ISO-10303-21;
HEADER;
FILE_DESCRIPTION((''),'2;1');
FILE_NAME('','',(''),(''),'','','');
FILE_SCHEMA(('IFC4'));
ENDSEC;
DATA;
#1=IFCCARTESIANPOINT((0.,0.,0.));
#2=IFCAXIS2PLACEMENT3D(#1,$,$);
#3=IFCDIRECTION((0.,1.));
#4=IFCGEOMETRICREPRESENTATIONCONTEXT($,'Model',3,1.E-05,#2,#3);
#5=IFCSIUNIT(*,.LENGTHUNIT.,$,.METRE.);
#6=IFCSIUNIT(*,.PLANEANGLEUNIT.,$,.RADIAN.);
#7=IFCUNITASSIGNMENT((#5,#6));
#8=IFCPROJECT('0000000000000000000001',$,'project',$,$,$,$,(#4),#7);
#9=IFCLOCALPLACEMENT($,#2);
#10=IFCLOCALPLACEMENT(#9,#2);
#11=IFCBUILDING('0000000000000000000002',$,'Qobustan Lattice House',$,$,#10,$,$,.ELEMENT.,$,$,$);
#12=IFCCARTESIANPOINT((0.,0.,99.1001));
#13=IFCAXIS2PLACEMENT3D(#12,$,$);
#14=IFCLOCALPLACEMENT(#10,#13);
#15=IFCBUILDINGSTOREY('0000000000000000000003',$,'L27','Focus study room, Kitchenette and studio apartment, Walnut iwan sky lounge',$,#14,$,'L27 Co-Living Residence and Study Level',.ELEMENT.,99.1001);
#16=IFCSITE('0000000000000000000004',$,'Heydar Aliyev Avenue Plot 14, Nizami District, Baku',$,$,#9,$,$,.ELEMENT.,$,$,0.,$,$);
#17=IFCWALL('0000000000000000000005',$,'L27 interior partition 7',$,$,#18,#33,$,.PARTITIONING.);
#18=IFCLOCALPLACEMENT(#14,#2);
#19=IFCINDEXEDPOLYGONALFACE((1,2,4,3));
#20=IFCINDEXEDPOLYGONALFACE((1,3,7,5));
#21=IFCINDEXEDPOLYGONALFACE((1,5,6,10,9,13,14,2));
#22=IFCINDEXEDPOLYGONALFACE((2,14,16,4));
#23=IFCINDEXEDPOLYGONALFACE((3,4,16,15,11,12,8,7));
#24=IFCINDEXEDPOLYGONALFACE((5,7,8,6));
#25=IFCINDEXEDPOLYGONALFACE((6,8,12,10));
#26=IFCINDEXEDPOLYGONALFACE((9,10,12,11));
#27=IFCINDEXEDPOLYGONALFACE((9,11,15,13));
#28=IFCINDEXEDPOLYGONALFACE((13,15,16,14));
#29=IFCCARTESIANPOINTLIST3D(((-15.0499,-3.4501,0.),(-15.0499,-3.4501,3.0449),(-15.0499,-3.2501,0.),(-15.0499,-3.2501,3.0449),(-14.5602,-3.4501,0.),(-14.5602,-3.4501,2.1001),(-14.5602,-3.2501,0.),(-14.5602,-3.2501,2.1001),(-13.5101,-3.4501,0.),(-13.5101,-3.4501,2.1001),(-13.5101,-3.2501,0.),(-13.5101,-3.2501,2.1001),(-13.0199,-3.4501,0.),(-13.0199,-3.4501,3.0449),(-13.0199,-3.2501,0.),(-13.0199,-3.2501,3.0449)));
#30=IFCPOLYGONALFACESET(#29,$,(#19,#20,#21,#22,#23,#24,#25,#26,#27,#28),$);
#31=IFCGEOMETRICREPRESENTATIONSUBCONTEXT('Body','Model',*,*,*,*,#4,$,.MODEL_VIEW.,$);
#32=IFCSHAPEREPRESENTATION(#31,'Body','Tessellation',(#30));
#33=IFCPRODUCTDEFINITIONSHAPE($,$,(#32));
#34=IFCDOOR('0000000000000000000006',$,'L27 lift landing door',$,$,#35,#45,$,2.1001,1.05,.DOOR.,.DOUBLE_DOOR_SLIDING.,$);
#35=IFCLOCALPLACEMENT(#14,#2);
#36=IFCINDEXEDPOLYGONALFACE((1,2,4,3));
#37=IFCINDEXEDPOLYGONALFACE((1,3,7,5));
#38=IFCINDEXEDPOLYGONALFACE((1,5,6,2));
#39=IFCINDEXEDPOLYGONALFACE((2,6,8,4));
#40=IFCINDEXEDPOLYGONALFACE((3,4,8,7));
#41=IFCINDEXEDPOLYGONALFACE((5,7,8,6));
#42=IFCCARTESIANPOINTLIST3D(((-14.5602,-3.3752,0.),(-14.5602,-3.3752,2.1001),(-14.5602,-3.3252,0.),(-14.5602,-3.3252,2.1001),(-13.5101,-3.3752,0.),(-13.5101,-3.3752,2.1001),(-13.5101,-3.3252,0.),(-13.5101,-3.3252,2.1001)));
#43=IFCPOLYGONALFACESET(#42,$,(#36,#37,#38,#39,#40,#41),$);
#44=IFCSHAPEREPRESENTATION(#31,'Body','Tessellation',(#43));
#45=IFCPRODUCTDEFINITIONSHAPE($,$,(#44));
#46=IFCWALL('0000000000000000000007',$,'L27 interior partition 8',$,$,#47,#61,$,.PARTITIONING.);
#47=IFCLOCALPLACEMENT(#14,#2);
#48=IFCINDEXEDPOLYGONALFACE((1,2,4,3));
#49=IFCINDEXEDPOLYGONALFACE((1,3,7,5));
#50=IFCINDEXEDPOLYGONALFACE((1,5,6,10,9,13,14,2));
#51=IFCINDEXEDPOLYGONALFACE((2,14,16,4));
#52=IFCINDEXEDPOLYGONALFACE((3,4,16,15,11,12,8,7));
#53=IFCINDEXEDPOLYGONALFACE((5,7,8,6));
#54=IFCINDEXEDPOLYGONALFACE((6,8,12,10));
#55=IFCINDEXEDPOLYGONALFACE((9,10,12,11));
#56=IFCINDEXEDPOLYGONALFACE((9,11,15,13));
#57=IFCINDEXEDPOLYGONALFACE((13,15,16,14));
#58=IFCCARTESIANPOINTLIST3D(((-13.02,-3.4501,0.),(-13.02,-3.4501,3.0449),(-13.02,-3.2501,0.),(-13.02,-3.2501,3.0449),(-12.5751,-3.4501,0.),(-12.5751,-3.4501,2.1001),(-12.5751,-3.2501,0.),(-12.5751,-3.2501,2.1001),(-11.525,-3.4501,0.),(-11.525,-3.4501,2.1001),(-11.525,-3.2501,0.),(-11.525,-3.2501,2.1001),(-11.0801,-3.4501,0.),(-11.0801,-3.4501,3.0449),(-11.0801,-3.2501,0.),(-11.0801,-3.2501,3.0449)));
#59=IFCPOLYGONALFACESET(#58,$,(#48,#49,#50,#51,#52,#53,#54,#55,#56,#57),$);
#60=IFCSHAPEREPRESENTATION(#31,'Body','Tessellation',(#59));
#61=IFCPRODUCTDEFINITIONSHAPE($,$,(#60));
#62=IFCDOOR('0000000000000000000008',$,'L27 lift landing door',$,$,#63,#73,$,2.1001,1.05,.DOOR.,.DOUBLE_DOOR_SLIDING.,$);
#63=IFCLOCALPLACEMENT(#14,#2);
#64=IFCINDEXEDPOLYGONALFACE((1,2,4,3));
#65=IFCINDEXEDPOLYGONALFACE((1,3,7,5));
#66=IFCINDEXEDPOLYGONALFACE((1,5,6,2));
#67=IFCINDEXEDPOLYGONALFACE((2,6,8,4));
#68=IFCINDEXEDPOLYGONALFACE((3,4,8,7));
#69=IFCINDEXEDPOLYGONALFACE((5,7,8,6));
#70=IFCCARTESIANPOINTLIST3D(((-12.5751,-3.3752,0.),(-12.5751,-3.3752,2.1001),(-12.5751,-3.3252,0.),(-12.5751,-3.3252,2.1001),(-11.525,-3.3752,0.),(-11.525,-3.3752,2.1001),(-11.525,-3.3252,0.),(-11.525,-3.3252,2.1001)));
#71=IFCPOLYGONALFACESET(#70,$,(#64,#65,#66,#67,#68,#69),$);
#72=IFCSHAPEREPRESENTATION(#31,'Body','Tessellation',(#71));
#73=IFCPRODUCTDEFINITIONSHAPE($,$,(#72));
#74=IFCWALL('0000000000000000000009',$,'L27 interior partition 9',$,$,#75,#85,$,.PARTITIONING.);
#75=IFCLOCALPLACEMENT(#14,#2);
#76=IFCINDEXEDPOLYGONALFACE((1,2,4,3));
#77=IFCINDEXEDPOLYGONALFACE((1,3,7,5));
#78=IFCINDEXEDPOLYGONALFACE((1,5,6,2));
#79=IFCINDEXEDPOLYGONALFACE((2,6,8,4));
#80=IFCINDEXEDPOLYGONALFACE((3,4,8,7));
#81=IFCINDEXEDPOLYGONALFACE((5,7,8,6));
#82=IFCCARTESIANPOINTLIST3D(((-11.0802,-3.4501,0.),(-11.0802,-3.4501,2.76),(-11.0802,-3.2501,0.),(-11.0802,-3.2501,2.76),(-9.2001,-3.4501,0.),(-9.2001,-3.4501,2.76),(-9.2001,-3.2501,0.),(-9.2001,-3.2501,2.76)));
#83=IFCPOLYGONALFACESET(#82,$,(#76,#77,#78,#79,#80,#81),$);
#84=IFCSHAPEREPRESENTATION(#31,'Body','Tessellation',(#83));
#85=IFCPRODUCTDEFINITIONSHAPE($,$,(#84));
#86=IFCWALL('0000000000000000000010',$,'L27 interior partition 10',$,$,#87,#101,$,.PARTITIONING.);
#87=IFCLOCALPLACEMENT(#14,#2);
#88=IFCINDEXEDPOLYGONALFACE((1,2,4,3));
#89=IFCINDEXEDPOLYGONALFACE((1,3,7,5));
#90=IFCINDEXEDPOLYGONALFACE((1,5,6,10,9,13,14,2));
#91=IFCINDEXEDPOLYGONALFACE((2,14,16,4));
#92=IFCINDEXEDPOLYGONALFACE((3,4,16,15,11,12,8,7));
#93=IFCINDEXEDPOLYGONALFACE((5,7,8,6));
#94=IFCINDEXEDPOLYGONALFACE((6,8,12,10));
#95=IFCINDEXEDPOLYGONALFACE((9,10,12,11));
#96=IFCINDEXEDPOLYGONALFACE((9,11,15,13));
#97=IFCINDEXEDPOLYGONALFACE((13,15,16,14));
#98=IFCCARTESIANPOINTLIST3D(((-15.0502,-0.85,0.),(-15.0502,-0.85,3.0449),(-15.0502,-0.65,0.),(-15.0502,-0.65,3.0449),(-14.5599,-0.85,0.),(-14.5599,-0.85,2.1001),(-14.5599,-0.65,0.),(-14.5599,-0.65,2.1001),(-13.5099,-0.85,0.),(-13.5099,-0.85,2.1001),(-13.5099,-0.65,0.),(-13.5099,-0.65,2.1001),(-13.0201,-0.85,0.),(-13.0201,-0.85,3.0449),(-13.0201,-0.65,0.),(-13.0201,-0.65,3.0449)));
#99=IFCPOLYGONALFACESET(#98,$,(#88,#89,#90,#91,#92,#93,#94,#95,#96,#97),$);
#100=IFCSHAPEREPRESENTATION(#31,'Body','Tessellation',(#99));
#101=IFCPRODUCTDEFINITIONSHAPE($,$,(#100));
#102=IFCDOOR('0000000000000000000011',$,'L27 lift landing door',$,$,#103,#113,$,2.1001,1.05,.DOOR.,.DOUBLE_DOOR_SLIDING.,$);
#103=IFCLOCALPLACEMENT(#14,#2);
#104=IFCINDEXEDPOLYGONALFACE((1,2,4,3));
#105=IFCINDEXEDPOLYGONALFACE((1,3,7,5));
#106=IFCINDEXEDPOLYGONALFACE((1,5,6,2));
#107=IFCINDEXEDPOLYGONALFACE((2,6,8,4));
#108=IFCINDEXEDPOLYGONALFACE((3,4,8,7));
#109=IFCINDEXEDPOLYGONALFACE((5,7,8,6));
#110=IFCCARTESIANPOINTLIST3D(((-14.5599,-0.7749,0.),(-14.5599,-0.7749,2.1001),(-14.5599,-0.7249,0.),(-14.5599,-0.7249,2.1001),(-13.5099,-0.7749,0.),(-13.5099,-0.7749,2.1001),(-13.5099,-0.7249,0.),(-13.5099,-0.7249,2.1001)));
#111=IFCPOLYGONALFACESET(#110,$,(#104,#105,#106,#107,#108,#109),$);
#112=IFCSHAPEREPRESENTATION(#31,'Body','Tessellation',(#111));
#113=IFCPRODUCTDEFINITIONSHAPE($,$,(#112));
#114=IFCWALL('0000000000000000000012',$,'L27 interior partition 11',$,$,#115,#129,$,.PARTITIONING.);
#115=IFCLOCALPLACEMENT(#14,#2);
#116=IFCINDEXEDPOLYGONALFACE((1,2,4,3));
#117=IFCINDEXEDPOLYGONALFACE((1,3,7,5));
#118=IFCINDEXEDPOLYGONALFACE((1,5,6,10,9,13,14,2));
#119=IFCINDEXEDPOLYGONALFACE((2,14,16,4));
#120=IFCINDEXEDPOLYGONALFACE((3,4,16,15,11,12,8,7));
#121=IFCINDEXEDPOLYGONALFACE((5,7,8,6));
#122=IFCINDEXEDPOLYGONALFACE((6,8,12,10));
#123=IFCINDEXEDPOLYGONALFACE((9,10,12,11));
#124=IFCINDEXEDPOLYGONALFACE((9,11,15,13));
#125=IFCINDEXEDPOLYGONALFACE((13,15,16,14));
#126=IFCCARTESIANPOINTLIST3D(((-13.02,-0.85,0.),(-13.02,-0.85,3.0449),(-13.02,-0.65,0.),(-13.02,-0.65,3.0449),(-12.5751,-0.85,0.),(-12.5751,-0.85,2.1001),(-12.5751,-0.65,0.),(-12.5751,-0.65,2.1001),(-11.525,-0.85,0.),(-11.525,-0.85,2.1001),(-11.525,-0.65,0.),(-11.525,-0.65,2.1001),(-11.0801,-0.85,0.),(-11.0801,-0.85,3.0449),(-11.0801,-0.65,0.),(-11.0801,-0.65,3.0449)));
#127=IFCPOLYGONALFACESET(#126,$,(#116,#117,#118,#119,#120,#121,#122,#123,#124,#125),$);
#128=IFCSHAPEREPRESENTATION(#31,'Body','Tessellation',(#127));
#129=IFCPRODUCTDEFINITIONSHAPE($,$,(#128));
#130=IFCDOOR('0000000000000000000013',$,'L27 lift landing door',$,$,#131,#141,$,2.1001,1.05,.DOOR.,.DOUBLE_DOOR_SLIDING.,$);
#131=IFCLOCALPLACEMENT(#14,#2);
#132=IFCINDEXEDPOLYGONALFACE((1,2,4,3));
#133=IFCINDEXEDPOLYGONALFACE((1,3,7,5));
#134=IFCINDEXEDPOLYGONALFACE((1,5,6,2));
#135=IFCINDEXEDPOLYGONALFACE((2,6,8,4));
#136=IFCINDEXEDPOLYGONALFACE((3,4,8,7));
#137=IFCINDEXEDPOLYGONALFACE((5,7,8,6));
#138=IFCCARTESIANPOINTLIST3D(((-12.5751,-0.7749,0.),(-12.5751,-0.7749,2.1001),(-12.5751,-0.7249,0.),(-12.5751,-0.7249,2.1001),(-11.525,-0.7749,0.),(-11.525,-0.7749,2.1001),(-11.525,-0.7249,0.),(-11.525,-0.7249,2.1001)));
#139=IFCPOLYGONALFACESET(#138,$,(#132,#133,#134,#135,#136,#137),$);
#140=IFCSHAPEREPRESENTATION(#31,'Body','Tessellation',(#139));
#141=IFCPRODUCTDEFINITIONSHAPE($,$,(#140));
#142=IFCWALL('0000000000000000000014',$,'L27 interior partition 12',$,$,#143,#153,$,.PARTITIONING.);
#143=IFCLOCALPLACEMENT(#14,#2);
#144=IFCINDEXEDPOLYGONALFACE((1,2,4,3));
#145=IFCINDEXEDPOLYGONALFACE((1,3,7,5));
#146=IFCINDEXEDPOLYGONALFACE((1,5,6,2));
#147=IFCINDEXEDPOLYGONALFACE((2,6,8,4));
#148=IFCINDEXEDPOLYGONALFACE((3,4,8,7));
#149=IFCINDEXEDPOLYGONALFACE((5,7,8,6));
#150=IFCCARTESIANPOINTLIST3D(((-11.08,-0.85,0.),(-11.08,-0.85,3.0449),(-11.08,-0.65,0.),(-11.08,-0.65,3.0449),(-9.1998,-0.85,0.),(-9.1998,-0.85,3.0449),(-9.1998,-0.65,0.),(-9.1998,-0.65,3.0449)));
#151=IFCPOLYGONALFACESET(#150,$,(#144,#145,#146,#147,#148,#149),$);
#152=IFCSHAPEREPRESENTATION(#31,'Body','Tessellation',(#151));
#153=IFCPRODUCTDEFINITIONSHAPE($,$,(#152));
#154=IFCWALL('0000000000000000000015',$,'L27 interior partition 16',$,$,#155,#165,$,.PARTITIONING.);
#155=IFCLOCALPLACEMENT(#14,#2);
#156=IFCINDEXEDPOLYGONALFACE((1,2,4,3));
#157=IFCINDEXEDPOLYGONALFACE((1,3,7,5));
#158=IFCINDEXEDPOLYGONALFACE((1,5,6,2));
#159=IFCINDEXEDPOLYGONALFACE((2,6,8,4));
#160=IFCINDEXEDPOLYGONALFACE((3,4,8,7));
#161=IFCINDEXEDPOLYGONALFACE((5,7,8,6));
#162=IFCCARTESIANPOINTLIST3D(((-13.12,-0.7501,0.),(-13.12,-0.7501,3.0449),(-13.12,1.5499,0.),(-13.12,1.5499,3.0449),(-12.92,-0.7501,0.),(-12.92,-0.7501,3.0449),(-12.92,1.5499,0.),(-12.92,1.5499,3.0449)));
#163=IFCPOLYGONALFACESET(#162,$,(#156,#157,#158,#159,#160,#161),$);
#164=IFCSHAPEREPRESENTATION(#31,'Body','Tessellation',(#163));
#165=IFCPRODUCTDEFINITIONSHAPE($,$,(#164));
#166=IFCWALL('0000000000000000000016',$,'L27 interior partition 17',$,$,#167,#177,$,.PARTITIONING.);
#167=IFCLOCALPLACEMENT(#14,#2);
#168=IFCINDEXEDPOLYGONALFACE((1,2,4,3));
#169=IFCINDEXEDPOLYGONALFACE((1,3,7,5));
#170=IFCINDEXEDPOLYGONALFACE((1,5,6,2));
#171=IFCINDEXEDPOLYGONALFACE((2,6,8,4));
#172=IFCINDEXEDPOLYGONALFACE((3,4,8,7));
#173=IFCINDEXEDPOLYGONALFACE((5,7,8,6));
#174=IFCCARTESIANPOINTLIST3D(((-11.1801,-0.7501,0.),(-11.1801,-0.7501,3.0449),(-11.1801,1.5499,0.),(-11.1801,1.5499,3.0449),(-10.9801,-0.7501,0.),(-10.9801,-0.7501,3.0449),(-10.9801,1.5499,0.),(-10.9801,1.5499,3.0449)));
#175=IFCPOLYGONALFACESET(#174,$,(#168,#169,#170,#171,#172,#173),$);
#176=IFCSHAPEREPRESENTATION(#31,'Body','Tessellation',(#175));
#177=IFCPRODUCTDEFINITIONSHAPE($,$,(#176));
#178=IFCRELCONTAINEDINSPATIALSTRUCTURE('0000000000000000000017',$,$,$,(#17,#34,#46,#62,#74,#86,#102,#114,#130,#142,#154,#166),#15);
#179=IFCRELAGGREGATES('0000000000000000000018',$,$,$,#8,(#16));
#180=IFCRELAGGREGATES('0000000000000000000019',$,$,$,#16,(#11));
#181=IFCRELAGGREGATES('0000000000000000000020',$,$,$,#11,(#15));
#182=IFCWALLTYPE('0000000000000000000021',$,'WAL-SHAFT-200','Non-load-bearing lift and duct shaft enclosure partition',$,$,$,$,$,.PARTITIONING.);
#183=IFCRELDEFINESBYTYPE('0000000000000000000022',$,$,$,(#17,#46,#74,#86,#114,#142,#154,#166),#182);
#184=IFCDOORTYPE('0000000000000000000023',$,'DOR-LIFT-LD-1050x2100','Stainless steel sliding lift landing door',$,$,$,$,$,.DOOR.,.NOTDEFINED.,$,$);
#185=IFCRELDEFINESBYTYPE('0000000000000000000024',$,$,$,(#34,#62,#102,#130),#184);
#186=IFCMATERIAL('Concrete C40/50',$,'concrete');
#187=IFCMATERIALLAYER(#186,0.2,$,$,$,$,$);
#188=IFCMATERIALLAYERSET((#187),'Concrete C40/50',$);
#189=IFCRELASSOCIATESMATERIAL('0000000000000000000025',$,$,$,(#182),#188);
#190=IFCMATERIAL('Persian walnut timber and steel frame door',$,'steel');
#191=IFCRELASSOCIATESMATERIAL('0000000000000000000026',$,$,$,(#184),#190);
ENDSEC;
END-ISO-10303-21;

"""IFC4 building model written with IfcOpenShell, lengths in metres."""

from ifc_helpers import new_model, si_unit, direction, frame, frame_2d, origin, place, context, subcontext, project, spatial, rectangle, extrude, material, layer, layer_set, type_object, element, fill, save


model = new_model("IFC4")

# Units and contexts
model_context = context("Model", 3, precision=1e-05, world=origin(), true_north=direction((0.0, 1.0)))
body_context = subcontext(model_context, "Body", "Model", "MODEL_VIEW")
ifc_project = project(units=[si_unit("LENGTHUNIT", "METRE"), si_unit("PLANEANGLEUNIT", "RADIAN")], contexts=[model_context])

# Site, building, storey
site_placement = place(None, origin())
site = spatial("IfcSite", under=ifc_project, at=site_placement, Name="Heydar Aliyev Avenue Plot 14, Nizami District, Baku", CompositionType="ELEMENT", RefElevation=0.0)
building_placement = place(site_placement, origin())
building = spatial("IfcBuilding", under=site, at=building_placement, Name="Qobustan Lattice House", CompositionType="ELEMENT")
storey_placement = place(building_placement, frame((0.0, 0.0, 99.1001)))
storey = spatial("IfcBuildingStorey", under=building, at=storey_placement, Name="L27", Description="Focus study room, Kitchenette and studio apartment, Walnut iwan sky lounge", LongName="L27 Co-Living Residence and Study Level", CompositionType="ELEMENT", Elevation=99.1001)

# Walls, openings, doors
ifc_material_1 = material(Name="Concrete C40/50", Category="concrete")
ifc_layer_1 = layer(ifc_material_1, 0.2)
ifc_layer_set_1 = layer_set([ifc_layer_1], Name="Concrete C40/50")
wall_type_1 = type_object("IfcWallType", Name="WAL-SHAFT-200", Description="Non-load-bearing lift and duct shaft enclosure partition", PredefinedType="PARTITIONING", material=ifc_layer_set_1)
wall_1_placement = place(storey_placement, frame((-15.05, -3.3501, 0.0), z_axis=(0.0, 0.0, 1.0), x_axis=(1.0, 0.0, 0.0)))
wall_1 = element("IfcWall", 1, at=wall_1_placement, inside=storey, type_object=wall_type_1, Name="L27 interior partition 7", PredefinedType="PARTITIONING", context=body_context, shape_type="SweptSolid", body=[
    extrude(rectangle(XDim=2.03, YDim=0.2, at=frame_2d((1.0151, 0.0))), origin(), (0.0, 0.0, 1.0), 3.0449),
])
opening_1_placement = place(wall_1_placement, frame((0.49, 0.0, 0.0)))
opening_1 = element("IfcOpeningElement", 2, at=opening_1_placement, cuts=wall_1, PredefinedType="OPENING", context=body_context, shape_type="SweptSolid", body=[
    extrude(rectangle(XDim=1.05, YDim=2.1001, at=frame_2d((0.5249, 1.05))), frame((0.0, 0.1099, 0.0), z_axis=(0.0, -1.0, 0.0), x_axis=(1.0, 0.0, 0.0)), (0.0, 0.0, 1.0), 0.22),
])
ifc_material_2 = material(Name="Persian walnut timber and steel frame door", Category="steel")
door_type_1 = type_object("IfcDoorType", Name="DOR-LIFT-LD-1050x2100", Description="Stainless steel sliding lift landing door", OperationType="NOTDEFINED", PredefinedType="DOOR", material=ifc_material_2)
door_1_placement = place(opening_1_placement, origin())
door_1 = element("IfcDoor", 3, at=door_1_placement, inside=storey, type_object=door_type_1, Name="L27 lift landing door", OperationType="DOUBLE_DOOR_SLIDING", OverallHeight=2.1001, OverallWidth=1.05, PredefinedType="DOOR", context=body_context, shape_type="SweptSolid", body=[
    extrude(rectangle(XDim=1.05, YDim=2.1001, at=frame_2d((0.5249, 1.05))), frame((0.0, 0.0249, 0.0), z_axis=(0.0, -1.0, 0.0), x_axis=(1.0, 0.0, 0.0)), (0.0, 0.0, 1.0), 0.05),
])
fill(opening_1, door_1)
wall_2_placement = place(storey_placement, frame((-13.02, -3.3501, 0.0), z_axis=(0.0, 0.0, 1.0), x_axis=(1.0, 0.0, 0.0)))
wall_2 = element("IfcWall", 4, at=wall_2_placement, inside=storey, type_object=wall_type_1, Name="L27 interior partition 8", PredefinedType="PARTITIONING", context=body_context, shape_type="SweptSolid", body=[
    extrude(rectangle(XDim=1.9399, YDim=0.2, at=frame_2d((0.97, 0.0))), origin(), (0.0, 0.0, 1.0), 3.0449),
])
opening_2_placement = place(wall_2_placement, frame((0.4451, 0.0, 0.0)))
opening_2 = element("IfcOpeningElement", 5, at=opening_2_placement, cuts=wall_2, PredefinedType="OPENING", context=body_context, shape_type="SweptSolid", body=[
    extrude(rectangle(XDim=1.05, YDim=2.1001, at=frame_2d((0.5249, 1.05))), frame((0.0, 0.1099, 0.0), z_axis=(0.0, -1.0, 0.0), x_axis=(1.0, 0.0, 0.0)), (0.0, 0.0, 1.0), 0.22),
])
door_2_placement = place(opening_2_placement, origin())
door_2 = element("IfcDoor", 6, at=door_2_placement, inside=storey, type_object=door_type_1, Name="L27 lift landing door", OperationType="DOUBLE_DOOR_SLIDING", OverallHeight=2.1001, OverallWidth=1.05, PredefinedType="DOOR", context=body_context, shape_type="SweptSolid", body=[
    extrude(rectangle(XDim=1.05, YDim=2.1001, at=frame_2d((0.5249, 1.05))), frame((0.0, 0.0249, 0.0), z_axis=(0.0, -1.0, 0.0), x_axis=(1.0, 0.0, 0.0)), (0.0, 0.0, 1.0), 0.05),
])
fill(opening_2, door_2)

# Wall
wall_3_placement = place(storey_placement, frame((-11.0801, -3.3501, 0.0), z_axis=(0.0, 0.0, 1.0), x_axis=(1.0, 0.0, 0.0)))
element("IfcWall", 7, at=wall_3_placement, inside=storey, type_object=wall_type_1, Name="L27 interior partition 9", PredefinedType="PARTITIONING", context=body_context, shape_type="SweptSolid", body=[
    extrude(rectangle(XDim=1.8801, YDim=0.2, at=frame_2d((0.9399, 0.0))), origin(), (0.0, 0.0, 1.0), 2.76),
])

# Walls, openings, doors
wall_4_placement = place(storey_placement, frame((-13.02, -0.75, 0.0), z_axis=(0.0, 0.0, 1.0), x_axis=(-1.0, 0.0, 0.0)))
wall_4 = element("IfcWall", 8, at=wall_4_placement, inside=storey, type_object=wall_type_1, Name="L27 interior partition 10", PredefinedType="PARTITIONING", context=body_context, shape_type="SweptSolid", body=[
    extrude(rectangle(XDim=2.03, YDim=0.2, at=frame_2d((1.0151, 0.0))), origin(), (0.0, 0.0, 1.0), 3.0449),
])
opening_3_placement = place(wall_4_placement, frame((0.49, 0.0, 0.0)))
opening_3 = element("IfcOpeningElement", 9, at=opening_3_placement, cuts=wall_4, PredefinedType="OPENING", context=body_context, shape_type="SweptSolid", body=[
    extrude(rectangle(XDim=1.05, YDim=2.1001, at=frame_2d((0.5249, 1.05))), frame((0.0, 0.1099, 0.0), z_axis=(0.0, -1.0, 0.0), x_axis=(1.0, 0.0, 0.0)), (0.0, 0.0, 1.0), 0.22),
])
door_3_placement = place(opening_3_placement, origin())
door_3 = element("IfcDoor", 10, at=door_3_placement, inside=storey, type_object=door_type_1, Name="L27 lift landing door", OperationType="DOUBLE_DOOR_SLIDING", OverallHeight=2.1001, OverallWidth=1.05, PredefinedType="DOOR", context=body_context, shape_type="SweptSolid", body=[
    extrude(rectangle(XDim=1.05, YDim=2.1001, at=frame_2d((0.5249, 1.05))), frame((0.0, 0.0249, 0.0), z_axis=(0.0, -1.0, 0.0), x_axis=(1.0, 0.0, 0.0)), (0.0, 0.0, 1.0), 0.05),
])
fill(opening_3, door_3)
wall_5_placement = place(storey_placement, frame((-11.0801, -0.75, 0.0), z_axis=(0.0, 0.0, 1.0), x_axis=(-1.0, 0.0, 0.0)))
wall_5 = element("IfcWall", 11, at=wall_5_placement, inside=storey, type_object=wall_type_1, Name="L27 interior partition 11", PredefinedType="PARTITIONING", context=body_context, shape_type="SweptSolid", body=[
    extrude(rectangle(XDim=1.9399, YDim=0.2, at=frame_2d((0.97, 0.0))), origin(), (0.0, 0.0, 1.0), 3.0449),
])
opening_4_placement = place(wall_5_placement, frame((0.4451, 0.0, 0.0)))
opening_4 = element("IfcOpeningElement", 12, at=opening_4_placement, cuts=wall_5, PredefinedType="OPENING", context=body_context, shape_type="SweptSolid", body=[
    extrude(rectangle(XDim=1.05, YDim=2.1001, at=frame_2d((0.5249, 1.05))), frame((0.0, 0.1099, 0.0), z_axis=(0.0, -1.0, 0.0), x_axis=(1.0, 0.0, 0.0)), (0.0, 0.0, 1.0), 0.22),
])
door_4_placement = place(opening_4_placement, origin())
door_4 = element("IfcDoor", 13, at=door_4_placement, inside=storey, type_object=door_type_1, Name="L27 lift landing door", OperationType="DOUBLE_DOOR_SLIDING", OverallHeight=2.1001, OverallWidth=1.05, PredefinedType="DOOR", context=body_context, shape_type="SweptSolid", body=[
    extrude(rectangle(XDim=1.05, YDim=2.1001, at=frame_2d((0.5249, 1.05))), frame((0.0, 0.0249, 0.0), z_axis=(0.0, -1.0, 0.0), x_axis=(1.0, 0.0, 0.0)), (0.0, 0.0, 1.0), 0.05),
])
fill(opening_4, door_4)

# Walls
wall_6_placement = place(storey_placement, frame((-9.2, -0.75, 0.0), z_axis=(0.0, 0.0, 1.0), x_axis=(-1.0, 0.0, 0.0)))
element("IfcWall", 14, at=wall_6_placement, inside=storey, type_object=wall_type_1, Name="L27 interior partition 12", PredefinedType="PARTITIONING", context=body_context, shape_type="SweptSolid", body=[
    extrude(rectangle(XDim=1.8801, YDim=0.2, at=frame_2d((0.9399, 0.0))), origin(), (0.0, 0.0, 1.0), 3.0449),
])
for number, where, z_axis, x_axis, name in (
    (15, (-13.02, -0.75, 0.0), (0.0, 0.0, 1.0), (0.0, 1.0, 0.0), "L27 interior partition 16"),
    (16, (-11.0801, -0.75, 0.0), (0.0, 0.0, 1.0), (0.0, 1.0, 0.0), "L27 interior partition 17"),
):
    element("IfcWall", number, at=place(storey_placement, frame(where, z_axis=z_axis, x_axis=x_axis)), inside=storey, type_object=wall_type_1, Name=name, PredefinedType="PARTITIONING", context=body_context, shape_type="SweptSolid", body=[
        extrude(rectangle(XDim=2.3, YDim=0.2, at=frame_2d((1.1499, 0.0))), origin(), (0.0, 0.0, 1.0), 3.0449),
    ])

save(model, "model.ifc")
